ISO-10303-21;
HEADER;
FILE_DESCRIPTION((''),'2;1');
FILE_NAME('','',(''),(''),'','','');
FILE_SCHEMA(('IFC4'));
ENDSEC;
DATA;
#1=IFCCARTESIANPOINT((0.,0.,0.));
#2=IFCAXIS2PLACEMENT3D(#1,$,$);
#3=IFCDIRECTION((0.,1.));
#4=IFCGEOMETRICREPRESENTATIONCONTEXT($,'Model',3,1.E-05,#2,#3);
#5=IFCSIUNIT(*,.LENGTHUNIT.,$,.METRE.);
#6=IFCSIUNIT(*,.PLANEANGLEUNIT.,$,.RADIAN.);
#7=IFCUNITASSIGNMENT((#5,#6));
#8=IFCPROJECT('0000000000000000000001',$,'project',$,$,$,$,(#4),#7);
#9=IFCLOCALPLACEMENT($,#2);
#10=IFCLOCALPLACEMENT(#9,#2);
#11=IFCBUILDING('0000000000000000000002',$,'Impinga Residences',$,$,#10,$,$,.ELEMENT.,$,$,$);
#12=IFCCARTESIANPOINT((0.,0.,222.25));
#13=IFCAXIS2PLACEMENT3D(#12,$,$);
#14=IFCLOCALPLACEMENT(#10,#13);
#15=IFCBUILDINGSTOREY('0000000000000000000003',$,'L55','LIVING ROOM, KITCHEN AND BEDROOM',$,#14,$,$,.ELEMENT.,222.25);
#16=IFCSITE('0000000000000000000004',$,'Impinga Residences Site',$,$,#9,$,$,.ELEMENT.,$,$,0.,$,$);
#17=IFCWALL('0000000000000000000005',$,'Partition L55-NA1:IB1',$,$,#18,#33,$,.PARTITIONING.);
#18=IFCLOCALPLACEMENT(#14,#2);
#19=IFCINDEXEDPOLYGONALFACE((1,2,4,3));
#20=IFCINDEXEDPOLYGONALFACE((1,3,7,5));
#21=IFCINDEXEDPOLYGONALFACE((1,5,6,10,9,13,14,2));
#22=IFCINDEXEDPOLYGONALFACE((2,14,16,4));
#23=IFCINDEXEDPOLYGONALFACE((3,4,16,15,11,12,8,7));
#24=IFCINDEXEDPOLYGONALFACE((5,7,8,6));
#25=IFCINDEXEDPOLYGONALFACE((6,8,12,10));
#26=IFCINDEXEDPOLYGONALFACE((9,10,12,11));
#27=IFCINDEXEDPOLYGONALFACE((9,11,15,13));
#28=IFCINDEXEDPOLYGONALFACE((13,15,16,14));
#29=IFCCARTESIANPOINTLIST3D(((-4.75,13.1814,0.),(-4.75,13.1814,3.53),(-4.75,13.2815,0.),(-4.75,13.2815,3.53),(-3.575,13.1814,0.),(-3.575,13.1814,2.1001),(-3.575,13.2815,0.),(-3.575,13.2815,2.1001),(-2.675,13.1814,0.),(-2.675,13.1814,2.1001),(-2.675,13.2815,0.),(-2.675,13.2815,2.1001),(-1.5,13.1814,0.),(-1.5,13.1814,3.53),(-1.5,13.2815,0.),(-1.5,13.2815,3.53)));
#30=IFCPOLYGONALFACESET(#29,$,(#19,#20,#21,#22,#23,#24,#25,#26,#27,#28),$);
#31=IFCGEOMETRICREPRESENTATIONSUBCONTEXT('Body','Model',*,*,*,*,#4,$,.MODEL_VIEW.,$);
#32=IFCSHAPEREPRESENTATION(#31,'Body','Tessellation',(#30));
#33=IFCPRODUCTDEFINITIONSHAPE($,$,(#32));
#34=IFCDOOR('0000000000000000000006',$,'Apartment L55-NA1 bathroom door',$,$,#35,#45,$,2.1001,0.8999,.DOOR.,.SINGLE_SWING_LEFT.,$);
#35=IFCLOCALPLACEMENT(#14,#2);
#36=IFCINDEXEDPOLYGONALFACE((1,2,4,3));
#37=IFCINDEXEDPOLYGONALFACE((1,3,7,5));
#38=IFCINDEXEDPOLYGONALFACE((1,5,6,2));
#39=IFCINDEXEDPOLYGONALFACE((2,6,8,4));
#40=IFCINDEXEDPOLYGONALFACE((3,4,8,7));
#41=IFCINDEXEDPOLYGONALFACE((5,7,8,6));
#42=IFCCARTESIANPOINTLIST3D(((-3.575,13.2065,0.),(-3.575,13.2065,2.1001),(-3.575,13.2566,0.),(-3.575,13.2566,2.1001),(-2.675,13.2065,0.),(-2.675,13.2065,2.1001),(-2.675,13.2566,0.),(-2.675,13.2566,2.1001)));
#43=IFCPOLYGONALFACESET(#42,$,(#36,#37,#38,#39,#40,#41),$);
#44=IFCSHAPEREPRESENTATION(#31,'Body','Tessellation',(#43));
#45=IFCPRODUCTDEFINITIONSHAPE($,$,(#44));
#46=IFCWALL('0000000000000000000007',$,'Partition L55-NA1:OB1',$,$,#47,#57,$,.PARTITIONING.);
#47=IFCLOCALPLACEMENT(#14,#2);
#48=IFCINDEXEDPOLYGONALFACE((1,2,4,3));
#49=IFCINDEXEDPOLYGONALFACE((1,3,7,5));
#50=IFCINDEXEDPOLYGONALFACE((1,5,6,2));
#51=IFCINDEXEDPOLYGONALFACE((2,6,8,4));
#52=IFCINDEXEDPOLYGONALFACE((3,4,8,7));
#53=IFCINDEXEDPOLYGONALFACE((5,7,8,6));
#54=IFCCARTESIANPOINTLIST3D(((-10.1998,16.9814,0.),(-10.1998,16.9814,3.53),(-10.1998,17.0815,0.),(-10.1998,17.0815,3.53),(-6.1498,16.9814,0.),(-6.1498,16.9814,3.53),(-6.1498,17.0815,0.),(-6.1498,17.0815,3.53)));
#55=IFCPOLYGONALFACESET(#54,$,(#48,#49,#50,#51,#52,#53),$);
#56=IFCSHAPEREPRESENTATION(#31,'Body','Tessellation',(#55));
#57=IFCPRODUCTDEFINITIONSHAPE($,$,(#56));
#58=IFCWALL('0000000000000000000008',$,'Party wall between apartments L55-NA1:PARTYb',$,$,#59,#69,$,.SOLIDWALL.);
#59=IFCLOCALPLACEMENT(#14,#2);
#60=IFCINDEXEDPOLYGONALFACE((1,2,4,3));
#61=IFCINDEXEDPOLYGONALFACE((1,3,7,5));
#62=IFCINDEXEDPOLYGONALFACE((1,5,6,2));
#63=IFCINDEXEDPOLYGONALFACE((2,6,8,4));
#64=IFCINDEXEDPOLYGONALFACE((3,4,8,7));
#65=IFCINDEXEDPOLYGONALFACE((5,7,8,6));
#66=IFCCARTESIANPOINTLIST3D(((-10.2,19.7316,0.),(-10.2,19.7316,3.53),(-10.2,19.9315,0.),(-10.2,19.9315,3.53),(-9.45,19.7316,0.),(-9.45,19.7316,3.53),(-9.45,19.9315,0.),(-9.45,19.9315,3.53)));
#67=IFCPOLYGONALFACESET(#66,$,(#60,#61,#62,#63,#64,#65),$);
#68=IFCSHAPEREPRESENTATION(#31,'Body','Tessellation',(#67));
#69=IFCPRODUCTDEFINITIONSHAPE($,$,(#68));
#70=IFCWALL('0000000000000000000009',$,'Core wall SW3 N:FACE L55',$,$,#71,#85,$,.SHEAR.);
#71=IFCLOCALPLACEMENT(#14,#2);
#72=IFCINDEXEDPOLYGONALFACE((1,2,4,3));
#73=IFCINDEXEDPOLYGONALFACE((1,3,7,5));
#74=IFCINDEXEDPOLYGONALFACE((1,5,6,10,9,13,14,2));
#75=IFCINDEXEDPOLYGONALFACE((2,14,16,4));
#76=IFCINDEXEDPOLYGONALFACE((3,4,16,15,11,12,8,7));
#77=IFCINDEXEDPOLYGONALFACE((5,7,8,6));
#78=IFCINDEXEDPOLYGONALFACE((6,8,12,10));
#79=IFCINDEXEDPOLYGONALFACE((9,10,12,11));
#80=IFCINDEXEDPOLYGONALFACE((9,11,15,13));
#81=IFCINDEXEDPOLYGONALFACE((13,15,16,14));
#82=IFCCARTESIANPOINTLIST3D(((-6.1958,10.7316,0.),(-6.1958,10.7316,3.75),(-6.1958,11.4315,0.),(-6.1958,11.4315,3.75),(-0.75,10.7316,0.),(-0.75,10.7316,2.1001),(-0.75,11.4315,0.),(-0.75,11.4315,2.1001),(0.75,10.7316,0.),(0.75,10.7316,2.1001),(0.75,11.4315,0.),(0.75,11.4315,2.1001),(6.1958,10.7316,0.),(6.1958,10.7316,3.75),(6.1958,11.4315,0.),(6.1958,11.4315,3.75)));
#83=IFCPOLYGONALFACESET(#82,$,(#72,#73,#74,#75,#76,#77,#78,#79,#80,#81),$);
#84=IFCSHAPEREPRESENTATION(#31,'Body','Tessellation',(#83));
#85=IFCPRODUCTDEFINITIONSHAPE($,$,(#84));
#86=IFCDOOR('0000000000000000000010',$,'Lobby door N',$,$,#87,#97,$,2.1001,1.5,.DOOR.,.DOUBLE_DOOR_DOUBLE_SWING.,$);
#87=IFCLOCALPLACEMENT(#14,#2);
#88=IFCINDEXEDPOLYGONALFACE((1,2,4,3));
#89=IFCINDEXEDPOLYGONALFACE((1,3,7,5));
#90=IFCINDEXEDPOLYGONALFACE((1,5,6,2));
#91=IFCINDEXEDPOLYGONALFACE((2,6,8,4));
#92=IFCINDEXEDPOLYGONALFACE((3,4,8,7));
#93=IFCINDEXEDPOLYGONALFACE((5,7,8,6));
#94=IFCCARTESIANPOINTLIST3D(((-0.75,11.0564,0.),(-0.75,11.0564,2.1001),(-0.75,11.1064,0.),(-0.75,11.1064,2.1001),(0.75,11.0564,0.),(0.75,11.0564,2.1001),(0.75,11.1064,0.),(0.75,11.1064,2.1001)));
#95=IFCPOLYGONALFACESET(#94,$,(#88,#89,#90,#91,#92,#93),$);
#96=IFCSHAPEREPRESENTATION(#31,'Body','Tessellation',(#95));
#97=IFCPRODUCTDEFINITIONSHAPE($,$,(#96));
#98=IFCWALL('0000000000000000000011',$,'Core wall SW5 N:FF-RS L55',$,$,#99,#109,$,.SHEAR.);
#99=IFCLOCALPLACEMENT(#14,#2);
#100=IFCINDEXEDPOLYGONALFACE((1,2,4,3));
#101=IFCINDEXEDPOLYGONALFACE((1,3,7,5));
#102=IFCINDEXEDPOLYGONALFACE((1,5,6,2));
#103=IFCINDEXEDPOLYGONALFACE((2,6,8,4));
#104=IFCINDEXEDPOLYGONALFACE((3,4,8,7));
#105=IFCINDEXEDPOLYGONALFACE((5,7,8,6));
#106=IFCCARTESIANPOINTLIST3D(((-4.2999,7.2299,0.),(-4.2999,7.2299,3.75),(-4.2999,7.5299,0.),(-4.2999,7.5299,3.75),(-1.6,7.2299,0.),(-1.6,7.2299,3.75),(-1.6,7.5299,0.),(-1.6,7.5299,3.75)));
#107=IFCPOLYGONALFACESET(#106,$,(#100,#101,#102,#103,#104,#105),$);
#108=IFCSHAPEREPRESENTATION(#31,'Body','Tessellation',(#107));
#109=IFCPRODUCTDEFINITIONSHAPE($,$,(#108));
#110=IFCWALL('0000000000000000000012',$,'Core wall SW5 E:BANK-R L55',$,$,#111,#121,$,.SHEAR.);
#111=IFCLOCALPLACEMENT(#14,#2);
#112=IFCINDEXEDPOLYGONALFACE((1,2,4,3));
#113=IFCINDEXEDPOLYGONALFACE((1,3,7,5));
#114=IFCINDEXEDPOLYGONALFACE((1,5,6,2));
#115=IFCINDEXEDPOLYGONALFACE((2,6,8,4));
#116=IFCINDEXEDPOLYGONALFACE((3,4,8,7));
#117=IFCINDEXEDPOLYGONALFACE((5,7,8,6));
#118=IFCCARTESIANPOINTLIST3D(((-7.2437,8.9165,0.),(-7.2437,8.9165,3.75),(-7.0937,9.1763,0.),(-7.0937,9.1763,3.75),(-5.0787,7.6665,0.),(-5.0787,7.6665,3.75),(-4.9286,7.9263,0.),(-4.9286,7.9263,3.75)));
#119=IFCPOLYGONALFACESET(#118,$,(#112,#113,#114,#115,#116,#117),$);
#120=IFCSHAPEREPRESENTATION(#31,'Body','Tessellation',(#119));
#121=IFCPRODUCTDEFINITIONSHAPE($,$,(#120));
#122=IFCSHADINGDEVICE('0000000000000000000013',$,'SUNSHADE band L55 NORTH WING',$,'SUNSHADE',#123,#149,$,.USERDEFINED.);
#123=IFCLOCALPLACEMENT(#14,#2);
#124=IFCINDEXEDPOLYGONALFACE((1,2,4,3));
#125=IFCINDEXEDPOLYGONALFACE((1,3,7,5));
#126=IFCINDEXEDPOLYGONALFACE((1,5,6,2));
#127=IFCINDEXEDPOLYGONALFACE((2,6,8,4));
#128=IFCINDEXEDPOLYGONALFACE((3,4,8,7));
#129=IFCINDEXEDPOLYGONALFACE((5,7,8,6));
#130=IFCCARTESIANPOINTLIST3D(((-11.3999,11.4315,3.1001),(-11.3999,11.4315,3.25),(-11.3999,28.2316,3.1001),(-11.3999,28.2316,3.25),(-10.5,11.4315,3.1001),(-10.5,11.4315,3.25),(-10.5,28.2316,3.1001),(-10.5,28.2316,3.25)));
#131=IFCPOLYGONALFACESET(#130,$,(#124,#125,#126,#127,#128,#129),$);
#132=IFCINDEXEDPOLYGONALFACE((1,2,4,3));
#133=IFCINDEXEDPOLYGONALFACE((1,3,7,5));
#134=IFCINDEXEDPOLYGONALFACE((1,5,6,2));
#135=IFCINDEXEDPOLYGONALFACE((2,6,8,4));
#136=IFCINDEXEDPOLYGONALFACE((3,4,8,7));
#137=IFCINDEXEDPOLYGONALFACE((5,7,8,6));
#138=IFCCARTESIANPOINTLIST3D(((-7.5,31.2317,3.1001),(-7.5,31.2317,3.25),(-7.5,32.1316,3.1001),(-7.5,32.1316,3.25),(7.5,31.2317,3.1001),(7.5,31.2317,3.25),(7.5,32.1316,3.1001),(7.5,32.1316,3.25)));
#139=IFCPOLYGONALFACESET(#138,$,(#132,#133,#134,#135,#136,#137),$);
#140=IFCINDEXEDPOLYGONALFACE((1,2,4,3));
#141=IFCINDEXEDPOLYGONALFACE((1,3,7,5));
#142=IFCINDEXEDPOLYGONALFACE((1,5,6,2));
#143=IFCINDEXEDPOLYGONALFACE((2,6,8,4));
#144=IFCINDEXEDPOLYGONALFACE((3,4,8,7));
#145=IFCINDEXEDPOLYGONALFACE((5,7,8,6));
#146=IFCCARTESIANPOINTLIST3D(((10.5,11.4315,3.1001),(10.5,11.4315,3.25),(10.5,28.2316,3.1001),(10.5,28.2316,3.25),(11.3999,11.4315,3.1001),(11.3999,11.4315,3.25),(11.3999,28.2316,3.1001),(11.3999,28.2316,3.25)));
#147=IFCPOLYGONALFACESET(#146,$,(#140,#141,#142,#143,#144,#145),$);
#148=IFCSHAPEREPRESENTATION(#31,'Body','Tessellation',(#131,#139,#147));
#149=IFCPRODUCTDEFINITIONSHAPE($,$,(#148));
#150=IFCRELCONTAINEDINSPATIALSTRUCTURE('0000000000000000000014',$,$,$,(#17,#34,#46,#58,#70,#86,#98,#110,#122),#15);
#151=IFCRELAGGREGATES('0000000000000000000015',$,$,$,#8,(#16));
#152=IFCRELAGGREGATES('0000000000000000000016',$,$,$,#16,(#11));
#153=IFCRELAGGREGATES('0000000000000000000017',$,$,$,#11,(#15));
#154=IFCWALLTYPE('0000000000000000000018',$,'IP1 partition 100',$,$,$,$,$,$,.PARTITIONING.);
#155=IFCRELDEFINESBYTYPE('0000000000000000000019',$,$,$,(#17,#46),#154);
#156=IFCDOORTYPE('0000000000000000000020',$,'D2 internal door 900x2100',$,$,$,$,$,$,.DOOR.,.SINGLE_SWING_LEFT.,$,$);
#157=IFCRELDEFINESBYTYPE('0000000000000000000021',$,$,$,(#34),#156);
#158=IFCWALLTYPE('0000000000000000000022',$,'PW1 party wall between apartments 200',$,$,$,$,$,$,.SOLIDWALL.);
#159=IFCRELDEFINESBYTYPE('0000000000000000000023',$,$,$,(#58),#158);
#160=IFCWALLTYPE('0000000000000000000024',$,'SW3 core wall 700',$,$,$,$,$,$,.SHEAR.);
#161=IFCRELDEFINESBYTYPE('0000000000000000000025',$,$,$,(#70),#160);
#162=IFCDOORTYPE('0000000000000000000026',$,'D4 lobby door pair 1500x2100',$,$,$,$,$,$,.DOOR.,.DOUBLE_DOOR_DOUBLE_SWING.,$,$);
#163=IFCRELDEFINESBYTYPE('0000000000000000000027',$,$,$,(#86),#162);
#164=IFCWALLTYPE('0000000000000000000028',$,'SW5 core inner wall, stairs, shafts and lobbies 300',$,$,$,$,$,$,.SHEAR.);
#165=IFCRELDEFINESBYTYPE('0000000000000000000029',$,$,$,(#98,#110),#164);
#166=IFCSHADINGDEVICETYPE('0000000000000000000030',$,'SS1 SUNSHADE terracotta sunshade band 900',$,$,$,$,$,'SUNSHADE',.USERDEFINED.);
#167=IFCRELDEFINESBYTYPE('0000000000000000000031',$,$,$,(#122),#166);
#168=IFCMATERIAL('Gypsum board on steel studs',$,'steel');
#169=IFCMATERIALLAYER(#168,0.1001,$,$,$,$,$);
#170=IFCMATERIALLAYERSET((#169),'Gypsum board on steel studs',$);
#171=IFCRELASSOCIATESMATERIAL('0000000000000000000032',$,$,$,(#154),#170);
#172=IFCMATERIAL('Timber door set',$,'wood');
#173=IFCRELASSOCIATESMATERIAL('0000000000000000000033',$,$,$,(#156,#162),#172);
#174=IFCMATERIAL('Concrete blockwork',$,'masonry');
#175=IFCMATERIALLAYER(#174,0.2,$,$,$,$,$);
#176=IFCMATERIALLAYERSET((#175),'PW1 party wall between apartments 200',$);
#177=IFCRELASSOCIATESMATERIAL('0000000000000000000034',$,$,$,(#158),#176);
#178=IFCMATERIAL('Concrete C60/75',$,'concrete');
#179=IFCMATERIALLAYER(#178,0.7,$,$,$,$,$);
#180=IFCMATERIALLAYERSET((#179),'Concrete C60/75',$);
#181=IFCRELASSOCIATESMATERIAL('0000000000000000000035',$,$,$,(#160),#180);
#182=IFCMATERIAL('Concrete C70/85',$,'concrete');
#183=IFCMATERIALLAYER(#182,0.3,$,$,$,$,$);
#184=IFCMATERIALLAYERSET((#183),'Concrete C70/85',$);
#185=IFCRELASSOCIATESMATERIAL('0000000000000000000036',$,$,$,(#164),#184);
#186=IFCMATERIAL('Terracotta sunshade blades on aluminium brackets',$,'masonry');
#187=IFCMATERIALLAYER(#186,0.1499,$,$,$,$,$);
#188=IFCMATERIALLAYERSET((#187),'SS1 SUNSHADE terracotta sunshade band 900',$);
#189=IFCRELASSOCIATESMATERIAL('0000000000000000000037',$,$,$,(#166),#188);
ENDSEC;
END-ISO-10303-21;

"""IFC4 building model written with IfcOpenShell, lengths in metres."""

from ifc_helpers import new_model, si_unit, direction, frame, frame_2d, origin, origin_2d, place, context, subcontext, project, spatial, rectangle, extrude, material, layer, layer_set, type_object, element, fill, save


model = new_model("IFC4")

# Units and contexts
model_context = context("Model", 3, precision=1e-05, world=origin(), true_north=direction((0.0, 1.0)))
body_context = subcontext(model_context, "Body", "Model", "MODEL_VIEW")
ifc_project = project(units=[si_unit("LENGTHUNIT", "METRE"), si_unit("PLANEANGLEUNIT", "RADIAN")], contexts=[model_context])

# Site, building, storey
site_placement = place(None, origin())
site = spatial("IfcSite", under=ifc_project, at=site_placement, Name="Impinga Residences Site", CompositionType="ELEMENT", RefElevation=0.0)
building_placement = place(site_placement, origin())
building = spatial("IfcBuilding", under=site, at=building_placement, Name="Impinga Residences", CompositionType="ELEMENT")
storey_placement = place(building_placement, frame((0.0, 0.0, 222.25)))
storey = spatial("IfcBuildingStorey", under=building, at=storey_placement, Name="L55", Description="LIVING ROOM, KITCHEN AND BEDROOM", CompositionType="ELEMENT", Elevation=222.25)

# Shared definitions
ifc_material_1 = material(Name="Concrete C60/75", Category="concrete")

# Shared definitions
ifc_material_2 = material(Name="Timber door set", Category="wood")

# Shared definitions
ifc_material_3 = material(Name="Gypsum board on steel studs", Category="steel")
ifc_layer_1 = layer(ifc_material_3, 0.1001)
ifc_layer_set_1 = layer_set([ifc_layer_1], Name="Gypsum board on steel studs")
wall_type_1 = type_object("IfcWallType", Name="IP1 partition 100", PredefinedType="PARTITIONING", material=ifc_layer_set_1)

# Shared definitions
door_type_1 = type_object("IfcDoorType", Name="D2 internal door 900x2100", OperationType="SINGLE_SWING_LEFT", PredefinedType="DOOR", material=ifc_material_2)

# Wall, opening, door
wall_1_placement = place(storey_placement, frame((-1.5, 13.2314, 0.0), z_axis=(0.0, 0.0, 1.0), x_axis=(-1.0, 0.0, 0.0)))
wall_1 = element("IfcWall", 1, at=wall_1_placement, inside=storey, type_object=wall_type_1, Name="Partition L55-NA1:IB1", PredefinedType="PARTITIONING", context=body_context, shape_type="SweptSolid", body=[
    extrude(rectangle(XDim=3.25, YDim=0.1001, at=frame_2d((1.625, 0.0))), origin(), (0.0, 0.0, 1.0), 3.53),
])
opening_1_placement = place(wall_1_placement, frame((1.175, 0.0, 0.0)))
opening_1 = element("IfcOpeningElement", 2, at=opening_1_placement, cuts=wall_1, PredefinedType="OPENING", context=body_context, shape_type="SweptSolid", body=[
    extrude(rectangle(XDim=0.8999, YDim=2.1001, at=frame_2d((0.45, 1.05))), frame((0.0, 0.0601, 0.0), z_axis=(0.0, -1.0, 0.0), x_axis=(1.0, 0.0, 0.0)), (0.0, 0.0, 1.0), 0.1201),
])
door_1_placement = place(opening_1_placement, origin())
door_1 = element("IfcDoor", 3, at=door_1_placement, inside=storey, type_object=door_type_1, Name="Apartment L55-NA1 bathroom door", OperationType="SINGLE_SWING_LEFT", OverallHeight=2.1001, OverallWidth=0.8999, PredefinedType="DOOR", context=body_context, shape_type="SweptSolid", body=[
    extrude(rectangle(XDim=0.8999, YDim=2.1001, at=frame_2d((0.45, 1.05))), frame((0.0, 0.0249, 0.0), z_axis=(0.0, -1.0, 0.0), x_axis=(1.0, 0.0, 0.0)), (0.0, 0.0, 1.0), 0.05),
])
fill(opening_1, door_1)

# Walls
wall_2_placement = place(storey_placement, frame((-6.1499, 17.0315, 0.0), z_axis=(0.0, 0.0, 1.0), x_axis=(-1.0, 0.0, 0.0)))
element("IfcWall", 4, at=wall_2_placement, inside=storey, type_object=wall_type_1, Name="Partition L55-NA1:OB1", PredefinedType="PARTITIONING", context=body_context, shape_type="SweptSolid", body=[
    extrude(rectangle(XDim=4.05, YDim=0.1001, at=frame_2d((2.0249, 0.0))), origin(), (0.0, 0.0, 1.0), 3.53),
])
ifc_material_4 = material(Name="Concrete blockwork", Category="masonry")
ifc_layer_2 = layer(ifc_material_4, 0.2)
ifc_layer_set_2 = layer_set([ifc_layer_2], Name="PW1 party wall between apartments 200")
wall_type_2 = type_object("IfcWallType", Name="PW1 party wall between apartments 200", PredefinedType="SOLIDWALL", material=ifc_layer_set_2)
wall_3_placement = place(storey_placement, frame((-9.45, 19.8315, 0.0), z_axis=(0.0, 0.0, 1.0), x_axis=(-1.0, 0.0, 0.0)))
element("IfcWall", 5, at=wall_3_placement, inside=storey, type_object=wall_type_2, Name="Party wall between apartments L55-NA1:PARTYb", PredefinedType="SOLIDWALL", context=body_context, shape_type="SweptSolid", body=[
    extrude(rectangle(XDim=0.75, YDim=0.2, at=frame_2d((0.375, 0.0))), origin(), (0.0, 0.0, 1.0), 3.53),
])

# Wall, opening, door
ifc_layer_3 = layer(ifc_material_1, 0.7)
ifc_layer_set_3 = layer_set([ifc_layer_3], Name="Concrete C60/75")
wall_type_3 = type_object("IfcWallType", Name="SW3 core wall 700", PredefinedType="SHEAR", material=ifc_layer_set_3)
wall_4_placement = place(storey_placement, frame((-6.1958, 11.0815, 0.0), z_axis=(0.0, 0.0, 1.0), x_axis=(1.0, 0.0, 0.0)))
wall_4 = element("IfcWall", 6, at=wall_4_placement, inside=storey, type_object=wall_type_3, Name="Core wall SW3 N:FACE L55", PredefinedType="SHEAR", context=body_context, shape_type="SweptSolid", body=[
    extrude(rectangle(XDim=12.3916, YDim=0.7, at=frame_2d((6.1958, 0.0))), origin(), (0.0, 0.0, 1.0), 3.75),
])
opening_2_placement = place(wall_4_placement, frame((5.4458, 0.0, 0.0)))
opening_2 = element("IfcOpeningElement", 7, at=opening_2_placement, cuts=wall_4, PredefinedType="OPENING", context=body_context, shape_type="SweptSolid", body=[
    extrude(rectangle(XDim=1.5, YDim=2.1001, at=frame_2d((0.75, 1.05))), frame((0.0, 0.3599, 0.0), z_axis=(0.0, -1.0, 0.0), x_axis=(1.0, 0.0, 0.0)), (0.0, 0.0, 1.0), 0.72),
])
door_type_2 = type_object("IfcDoorType", Name="D4 lobby door pair 1500x2100", OperationType="DOUBLE_DOOR_DOUBLE_SWING", PredefinedType="DOOR", material=ifc_material_2)
door_2_placement = place(opening_2_placement, origin())
door_2 = element("IfcDoor", 8, at=door_2_placement, inside=storey, type_object=door_type_2, Name="Lobby door N", OperationType="DOUBLE_DOOR_DOUBLE_SWING", OverallHeight=2.1001, OverallWidth=1.5, PredefinedType="DOOR", context=body_context, shape_type="SweptSolid", body=[
    extrude(rectangle(XDim=1.5, YDim=2.1001, at=frame_2d((0.75, 1.05))), frame((0.0, 0.0249, 0.0), z_axis=(0.0, -1.0, 0.0), x_axis=(1.0, 0.0, 0.0)), (0.0, 0.0, 1.0), 0.05),
])
fill(opening_2, door_2)

# Walls
ifc_material_5 = material(Name="Concrete C70/85", Category="concrete")
ifc_layer_4 = layer(ifc_material_5, 0.3)
ifc_layer_set_4 = layer_set([ifc_layer_4], Name="Concrete C70/85")
wall_type_4 = type_object("IfcWallType", Name="SW5 core inner wall, stairs, shafts and lobbies 300", PredefinedType="SHEAR", material=ifc_layer_set_4)
wall_5_placement = place(storey_placement, frame((-4.3, 7.3799, 0.0), z_axis=(0.0, 0.0, 1.0), x_axis=(1.0, 0.0, 0.0)))
element("IfcWall", 9, at=wall_5_placement, inside=storey, type_object=wall_type_4, Name="Core wall SW5 N:FF-RS L55", PredefinedType="SHEAR", context=body_context, shape_type="SweptSolid", body=[
    extrude(rectangle(XDim=2.7, YDim=0.3, at=frame_2d((1.3501, 0.0))), origin(), (0.0, 0.0, 1.0), 3.75),
])
wall_6_placement = place(storey_placement, frame((-5.0037, 7.7964, 0.0), z_axis=(0.0, 0.0, 1.0), x_axis=(-0.866023, 0.500004, 0.0)))
element("IfcWall", 10, at=wall_6_placement, inside=storey, type_object=wall_type_4, Name="Core wall SW5 E:BANK-R L55", PredefinedType="SHEAR", context=body_context, shape_type="SweptSolid", body=[
    extrude(rectangle(XDim=2.5, YDim=0.3, at=frame_2d((1.25, 0.0))), origin(), (0.0, 0.0, 1.0), 3.75),
])

# Shading device
ifc_material_6 = material(Name="Terracotta sunshade blades on aluminium brackets", Category="masonry")
ifc_layer_5 = layer(ifc_material_6, 0.1499)
ifc_layer_set_5 = layer_set([ifc_layer_5], Name="SS1 SUNSHADE terracotta sunshade band 900")
shading_device_type = type_object("IfcShadingDeviceType", Name="SS1 SUNSHADE terracotta sunshade band 900", ElementType="SUNSHADE", PredefinedType="USERDEFINED", material=ifc_layer_set_5)
shading_device_placement = place(storey_placement, frame((-10.95, 19.8315, 3.1001), z_axis=(0.0, 0.0, 1.0), x_axis=(0.0, 1.0, 0.0)))
element("IfcShadingDevice", 11, at=shading_device_placement, inside=storey, type_object=shading_device_type, Name="SUNSHADE band L55 NORTH WING", ObjectType="SUNSHADE", PredefinedType="USERDEFINED", context=body_context, shape_type="SweptSolid", body=[
    extrude(rectangle(XDim=16.8, YDim=0.8999, at=origin_2d()), origin(), (0.0, 0.0, 1.0), 0.1499),
    extrude(rectangle(XDim=15.0, YDim=0.8999, at=origin_2d()), frame((11.8501, -10.95, 0.0), z_axis=(0.0, 0.0, 1.0), x_axis=(0.0, -1.0, 0.0)), (0.0, 0.0, 1.0), 0.1499),
    extrude(rectangle(XDim=16.8, YDim=0.8999, at=origin_2d()), frame((0.0, -21.8999, 0.0), z_axis=(0.0, 0.0, 1.0), x_axis=(-1.0, 0.0, 0.0)), (0.0, 0.0, 1.0), 0.1499),
])

save(model, "model.ifc")
